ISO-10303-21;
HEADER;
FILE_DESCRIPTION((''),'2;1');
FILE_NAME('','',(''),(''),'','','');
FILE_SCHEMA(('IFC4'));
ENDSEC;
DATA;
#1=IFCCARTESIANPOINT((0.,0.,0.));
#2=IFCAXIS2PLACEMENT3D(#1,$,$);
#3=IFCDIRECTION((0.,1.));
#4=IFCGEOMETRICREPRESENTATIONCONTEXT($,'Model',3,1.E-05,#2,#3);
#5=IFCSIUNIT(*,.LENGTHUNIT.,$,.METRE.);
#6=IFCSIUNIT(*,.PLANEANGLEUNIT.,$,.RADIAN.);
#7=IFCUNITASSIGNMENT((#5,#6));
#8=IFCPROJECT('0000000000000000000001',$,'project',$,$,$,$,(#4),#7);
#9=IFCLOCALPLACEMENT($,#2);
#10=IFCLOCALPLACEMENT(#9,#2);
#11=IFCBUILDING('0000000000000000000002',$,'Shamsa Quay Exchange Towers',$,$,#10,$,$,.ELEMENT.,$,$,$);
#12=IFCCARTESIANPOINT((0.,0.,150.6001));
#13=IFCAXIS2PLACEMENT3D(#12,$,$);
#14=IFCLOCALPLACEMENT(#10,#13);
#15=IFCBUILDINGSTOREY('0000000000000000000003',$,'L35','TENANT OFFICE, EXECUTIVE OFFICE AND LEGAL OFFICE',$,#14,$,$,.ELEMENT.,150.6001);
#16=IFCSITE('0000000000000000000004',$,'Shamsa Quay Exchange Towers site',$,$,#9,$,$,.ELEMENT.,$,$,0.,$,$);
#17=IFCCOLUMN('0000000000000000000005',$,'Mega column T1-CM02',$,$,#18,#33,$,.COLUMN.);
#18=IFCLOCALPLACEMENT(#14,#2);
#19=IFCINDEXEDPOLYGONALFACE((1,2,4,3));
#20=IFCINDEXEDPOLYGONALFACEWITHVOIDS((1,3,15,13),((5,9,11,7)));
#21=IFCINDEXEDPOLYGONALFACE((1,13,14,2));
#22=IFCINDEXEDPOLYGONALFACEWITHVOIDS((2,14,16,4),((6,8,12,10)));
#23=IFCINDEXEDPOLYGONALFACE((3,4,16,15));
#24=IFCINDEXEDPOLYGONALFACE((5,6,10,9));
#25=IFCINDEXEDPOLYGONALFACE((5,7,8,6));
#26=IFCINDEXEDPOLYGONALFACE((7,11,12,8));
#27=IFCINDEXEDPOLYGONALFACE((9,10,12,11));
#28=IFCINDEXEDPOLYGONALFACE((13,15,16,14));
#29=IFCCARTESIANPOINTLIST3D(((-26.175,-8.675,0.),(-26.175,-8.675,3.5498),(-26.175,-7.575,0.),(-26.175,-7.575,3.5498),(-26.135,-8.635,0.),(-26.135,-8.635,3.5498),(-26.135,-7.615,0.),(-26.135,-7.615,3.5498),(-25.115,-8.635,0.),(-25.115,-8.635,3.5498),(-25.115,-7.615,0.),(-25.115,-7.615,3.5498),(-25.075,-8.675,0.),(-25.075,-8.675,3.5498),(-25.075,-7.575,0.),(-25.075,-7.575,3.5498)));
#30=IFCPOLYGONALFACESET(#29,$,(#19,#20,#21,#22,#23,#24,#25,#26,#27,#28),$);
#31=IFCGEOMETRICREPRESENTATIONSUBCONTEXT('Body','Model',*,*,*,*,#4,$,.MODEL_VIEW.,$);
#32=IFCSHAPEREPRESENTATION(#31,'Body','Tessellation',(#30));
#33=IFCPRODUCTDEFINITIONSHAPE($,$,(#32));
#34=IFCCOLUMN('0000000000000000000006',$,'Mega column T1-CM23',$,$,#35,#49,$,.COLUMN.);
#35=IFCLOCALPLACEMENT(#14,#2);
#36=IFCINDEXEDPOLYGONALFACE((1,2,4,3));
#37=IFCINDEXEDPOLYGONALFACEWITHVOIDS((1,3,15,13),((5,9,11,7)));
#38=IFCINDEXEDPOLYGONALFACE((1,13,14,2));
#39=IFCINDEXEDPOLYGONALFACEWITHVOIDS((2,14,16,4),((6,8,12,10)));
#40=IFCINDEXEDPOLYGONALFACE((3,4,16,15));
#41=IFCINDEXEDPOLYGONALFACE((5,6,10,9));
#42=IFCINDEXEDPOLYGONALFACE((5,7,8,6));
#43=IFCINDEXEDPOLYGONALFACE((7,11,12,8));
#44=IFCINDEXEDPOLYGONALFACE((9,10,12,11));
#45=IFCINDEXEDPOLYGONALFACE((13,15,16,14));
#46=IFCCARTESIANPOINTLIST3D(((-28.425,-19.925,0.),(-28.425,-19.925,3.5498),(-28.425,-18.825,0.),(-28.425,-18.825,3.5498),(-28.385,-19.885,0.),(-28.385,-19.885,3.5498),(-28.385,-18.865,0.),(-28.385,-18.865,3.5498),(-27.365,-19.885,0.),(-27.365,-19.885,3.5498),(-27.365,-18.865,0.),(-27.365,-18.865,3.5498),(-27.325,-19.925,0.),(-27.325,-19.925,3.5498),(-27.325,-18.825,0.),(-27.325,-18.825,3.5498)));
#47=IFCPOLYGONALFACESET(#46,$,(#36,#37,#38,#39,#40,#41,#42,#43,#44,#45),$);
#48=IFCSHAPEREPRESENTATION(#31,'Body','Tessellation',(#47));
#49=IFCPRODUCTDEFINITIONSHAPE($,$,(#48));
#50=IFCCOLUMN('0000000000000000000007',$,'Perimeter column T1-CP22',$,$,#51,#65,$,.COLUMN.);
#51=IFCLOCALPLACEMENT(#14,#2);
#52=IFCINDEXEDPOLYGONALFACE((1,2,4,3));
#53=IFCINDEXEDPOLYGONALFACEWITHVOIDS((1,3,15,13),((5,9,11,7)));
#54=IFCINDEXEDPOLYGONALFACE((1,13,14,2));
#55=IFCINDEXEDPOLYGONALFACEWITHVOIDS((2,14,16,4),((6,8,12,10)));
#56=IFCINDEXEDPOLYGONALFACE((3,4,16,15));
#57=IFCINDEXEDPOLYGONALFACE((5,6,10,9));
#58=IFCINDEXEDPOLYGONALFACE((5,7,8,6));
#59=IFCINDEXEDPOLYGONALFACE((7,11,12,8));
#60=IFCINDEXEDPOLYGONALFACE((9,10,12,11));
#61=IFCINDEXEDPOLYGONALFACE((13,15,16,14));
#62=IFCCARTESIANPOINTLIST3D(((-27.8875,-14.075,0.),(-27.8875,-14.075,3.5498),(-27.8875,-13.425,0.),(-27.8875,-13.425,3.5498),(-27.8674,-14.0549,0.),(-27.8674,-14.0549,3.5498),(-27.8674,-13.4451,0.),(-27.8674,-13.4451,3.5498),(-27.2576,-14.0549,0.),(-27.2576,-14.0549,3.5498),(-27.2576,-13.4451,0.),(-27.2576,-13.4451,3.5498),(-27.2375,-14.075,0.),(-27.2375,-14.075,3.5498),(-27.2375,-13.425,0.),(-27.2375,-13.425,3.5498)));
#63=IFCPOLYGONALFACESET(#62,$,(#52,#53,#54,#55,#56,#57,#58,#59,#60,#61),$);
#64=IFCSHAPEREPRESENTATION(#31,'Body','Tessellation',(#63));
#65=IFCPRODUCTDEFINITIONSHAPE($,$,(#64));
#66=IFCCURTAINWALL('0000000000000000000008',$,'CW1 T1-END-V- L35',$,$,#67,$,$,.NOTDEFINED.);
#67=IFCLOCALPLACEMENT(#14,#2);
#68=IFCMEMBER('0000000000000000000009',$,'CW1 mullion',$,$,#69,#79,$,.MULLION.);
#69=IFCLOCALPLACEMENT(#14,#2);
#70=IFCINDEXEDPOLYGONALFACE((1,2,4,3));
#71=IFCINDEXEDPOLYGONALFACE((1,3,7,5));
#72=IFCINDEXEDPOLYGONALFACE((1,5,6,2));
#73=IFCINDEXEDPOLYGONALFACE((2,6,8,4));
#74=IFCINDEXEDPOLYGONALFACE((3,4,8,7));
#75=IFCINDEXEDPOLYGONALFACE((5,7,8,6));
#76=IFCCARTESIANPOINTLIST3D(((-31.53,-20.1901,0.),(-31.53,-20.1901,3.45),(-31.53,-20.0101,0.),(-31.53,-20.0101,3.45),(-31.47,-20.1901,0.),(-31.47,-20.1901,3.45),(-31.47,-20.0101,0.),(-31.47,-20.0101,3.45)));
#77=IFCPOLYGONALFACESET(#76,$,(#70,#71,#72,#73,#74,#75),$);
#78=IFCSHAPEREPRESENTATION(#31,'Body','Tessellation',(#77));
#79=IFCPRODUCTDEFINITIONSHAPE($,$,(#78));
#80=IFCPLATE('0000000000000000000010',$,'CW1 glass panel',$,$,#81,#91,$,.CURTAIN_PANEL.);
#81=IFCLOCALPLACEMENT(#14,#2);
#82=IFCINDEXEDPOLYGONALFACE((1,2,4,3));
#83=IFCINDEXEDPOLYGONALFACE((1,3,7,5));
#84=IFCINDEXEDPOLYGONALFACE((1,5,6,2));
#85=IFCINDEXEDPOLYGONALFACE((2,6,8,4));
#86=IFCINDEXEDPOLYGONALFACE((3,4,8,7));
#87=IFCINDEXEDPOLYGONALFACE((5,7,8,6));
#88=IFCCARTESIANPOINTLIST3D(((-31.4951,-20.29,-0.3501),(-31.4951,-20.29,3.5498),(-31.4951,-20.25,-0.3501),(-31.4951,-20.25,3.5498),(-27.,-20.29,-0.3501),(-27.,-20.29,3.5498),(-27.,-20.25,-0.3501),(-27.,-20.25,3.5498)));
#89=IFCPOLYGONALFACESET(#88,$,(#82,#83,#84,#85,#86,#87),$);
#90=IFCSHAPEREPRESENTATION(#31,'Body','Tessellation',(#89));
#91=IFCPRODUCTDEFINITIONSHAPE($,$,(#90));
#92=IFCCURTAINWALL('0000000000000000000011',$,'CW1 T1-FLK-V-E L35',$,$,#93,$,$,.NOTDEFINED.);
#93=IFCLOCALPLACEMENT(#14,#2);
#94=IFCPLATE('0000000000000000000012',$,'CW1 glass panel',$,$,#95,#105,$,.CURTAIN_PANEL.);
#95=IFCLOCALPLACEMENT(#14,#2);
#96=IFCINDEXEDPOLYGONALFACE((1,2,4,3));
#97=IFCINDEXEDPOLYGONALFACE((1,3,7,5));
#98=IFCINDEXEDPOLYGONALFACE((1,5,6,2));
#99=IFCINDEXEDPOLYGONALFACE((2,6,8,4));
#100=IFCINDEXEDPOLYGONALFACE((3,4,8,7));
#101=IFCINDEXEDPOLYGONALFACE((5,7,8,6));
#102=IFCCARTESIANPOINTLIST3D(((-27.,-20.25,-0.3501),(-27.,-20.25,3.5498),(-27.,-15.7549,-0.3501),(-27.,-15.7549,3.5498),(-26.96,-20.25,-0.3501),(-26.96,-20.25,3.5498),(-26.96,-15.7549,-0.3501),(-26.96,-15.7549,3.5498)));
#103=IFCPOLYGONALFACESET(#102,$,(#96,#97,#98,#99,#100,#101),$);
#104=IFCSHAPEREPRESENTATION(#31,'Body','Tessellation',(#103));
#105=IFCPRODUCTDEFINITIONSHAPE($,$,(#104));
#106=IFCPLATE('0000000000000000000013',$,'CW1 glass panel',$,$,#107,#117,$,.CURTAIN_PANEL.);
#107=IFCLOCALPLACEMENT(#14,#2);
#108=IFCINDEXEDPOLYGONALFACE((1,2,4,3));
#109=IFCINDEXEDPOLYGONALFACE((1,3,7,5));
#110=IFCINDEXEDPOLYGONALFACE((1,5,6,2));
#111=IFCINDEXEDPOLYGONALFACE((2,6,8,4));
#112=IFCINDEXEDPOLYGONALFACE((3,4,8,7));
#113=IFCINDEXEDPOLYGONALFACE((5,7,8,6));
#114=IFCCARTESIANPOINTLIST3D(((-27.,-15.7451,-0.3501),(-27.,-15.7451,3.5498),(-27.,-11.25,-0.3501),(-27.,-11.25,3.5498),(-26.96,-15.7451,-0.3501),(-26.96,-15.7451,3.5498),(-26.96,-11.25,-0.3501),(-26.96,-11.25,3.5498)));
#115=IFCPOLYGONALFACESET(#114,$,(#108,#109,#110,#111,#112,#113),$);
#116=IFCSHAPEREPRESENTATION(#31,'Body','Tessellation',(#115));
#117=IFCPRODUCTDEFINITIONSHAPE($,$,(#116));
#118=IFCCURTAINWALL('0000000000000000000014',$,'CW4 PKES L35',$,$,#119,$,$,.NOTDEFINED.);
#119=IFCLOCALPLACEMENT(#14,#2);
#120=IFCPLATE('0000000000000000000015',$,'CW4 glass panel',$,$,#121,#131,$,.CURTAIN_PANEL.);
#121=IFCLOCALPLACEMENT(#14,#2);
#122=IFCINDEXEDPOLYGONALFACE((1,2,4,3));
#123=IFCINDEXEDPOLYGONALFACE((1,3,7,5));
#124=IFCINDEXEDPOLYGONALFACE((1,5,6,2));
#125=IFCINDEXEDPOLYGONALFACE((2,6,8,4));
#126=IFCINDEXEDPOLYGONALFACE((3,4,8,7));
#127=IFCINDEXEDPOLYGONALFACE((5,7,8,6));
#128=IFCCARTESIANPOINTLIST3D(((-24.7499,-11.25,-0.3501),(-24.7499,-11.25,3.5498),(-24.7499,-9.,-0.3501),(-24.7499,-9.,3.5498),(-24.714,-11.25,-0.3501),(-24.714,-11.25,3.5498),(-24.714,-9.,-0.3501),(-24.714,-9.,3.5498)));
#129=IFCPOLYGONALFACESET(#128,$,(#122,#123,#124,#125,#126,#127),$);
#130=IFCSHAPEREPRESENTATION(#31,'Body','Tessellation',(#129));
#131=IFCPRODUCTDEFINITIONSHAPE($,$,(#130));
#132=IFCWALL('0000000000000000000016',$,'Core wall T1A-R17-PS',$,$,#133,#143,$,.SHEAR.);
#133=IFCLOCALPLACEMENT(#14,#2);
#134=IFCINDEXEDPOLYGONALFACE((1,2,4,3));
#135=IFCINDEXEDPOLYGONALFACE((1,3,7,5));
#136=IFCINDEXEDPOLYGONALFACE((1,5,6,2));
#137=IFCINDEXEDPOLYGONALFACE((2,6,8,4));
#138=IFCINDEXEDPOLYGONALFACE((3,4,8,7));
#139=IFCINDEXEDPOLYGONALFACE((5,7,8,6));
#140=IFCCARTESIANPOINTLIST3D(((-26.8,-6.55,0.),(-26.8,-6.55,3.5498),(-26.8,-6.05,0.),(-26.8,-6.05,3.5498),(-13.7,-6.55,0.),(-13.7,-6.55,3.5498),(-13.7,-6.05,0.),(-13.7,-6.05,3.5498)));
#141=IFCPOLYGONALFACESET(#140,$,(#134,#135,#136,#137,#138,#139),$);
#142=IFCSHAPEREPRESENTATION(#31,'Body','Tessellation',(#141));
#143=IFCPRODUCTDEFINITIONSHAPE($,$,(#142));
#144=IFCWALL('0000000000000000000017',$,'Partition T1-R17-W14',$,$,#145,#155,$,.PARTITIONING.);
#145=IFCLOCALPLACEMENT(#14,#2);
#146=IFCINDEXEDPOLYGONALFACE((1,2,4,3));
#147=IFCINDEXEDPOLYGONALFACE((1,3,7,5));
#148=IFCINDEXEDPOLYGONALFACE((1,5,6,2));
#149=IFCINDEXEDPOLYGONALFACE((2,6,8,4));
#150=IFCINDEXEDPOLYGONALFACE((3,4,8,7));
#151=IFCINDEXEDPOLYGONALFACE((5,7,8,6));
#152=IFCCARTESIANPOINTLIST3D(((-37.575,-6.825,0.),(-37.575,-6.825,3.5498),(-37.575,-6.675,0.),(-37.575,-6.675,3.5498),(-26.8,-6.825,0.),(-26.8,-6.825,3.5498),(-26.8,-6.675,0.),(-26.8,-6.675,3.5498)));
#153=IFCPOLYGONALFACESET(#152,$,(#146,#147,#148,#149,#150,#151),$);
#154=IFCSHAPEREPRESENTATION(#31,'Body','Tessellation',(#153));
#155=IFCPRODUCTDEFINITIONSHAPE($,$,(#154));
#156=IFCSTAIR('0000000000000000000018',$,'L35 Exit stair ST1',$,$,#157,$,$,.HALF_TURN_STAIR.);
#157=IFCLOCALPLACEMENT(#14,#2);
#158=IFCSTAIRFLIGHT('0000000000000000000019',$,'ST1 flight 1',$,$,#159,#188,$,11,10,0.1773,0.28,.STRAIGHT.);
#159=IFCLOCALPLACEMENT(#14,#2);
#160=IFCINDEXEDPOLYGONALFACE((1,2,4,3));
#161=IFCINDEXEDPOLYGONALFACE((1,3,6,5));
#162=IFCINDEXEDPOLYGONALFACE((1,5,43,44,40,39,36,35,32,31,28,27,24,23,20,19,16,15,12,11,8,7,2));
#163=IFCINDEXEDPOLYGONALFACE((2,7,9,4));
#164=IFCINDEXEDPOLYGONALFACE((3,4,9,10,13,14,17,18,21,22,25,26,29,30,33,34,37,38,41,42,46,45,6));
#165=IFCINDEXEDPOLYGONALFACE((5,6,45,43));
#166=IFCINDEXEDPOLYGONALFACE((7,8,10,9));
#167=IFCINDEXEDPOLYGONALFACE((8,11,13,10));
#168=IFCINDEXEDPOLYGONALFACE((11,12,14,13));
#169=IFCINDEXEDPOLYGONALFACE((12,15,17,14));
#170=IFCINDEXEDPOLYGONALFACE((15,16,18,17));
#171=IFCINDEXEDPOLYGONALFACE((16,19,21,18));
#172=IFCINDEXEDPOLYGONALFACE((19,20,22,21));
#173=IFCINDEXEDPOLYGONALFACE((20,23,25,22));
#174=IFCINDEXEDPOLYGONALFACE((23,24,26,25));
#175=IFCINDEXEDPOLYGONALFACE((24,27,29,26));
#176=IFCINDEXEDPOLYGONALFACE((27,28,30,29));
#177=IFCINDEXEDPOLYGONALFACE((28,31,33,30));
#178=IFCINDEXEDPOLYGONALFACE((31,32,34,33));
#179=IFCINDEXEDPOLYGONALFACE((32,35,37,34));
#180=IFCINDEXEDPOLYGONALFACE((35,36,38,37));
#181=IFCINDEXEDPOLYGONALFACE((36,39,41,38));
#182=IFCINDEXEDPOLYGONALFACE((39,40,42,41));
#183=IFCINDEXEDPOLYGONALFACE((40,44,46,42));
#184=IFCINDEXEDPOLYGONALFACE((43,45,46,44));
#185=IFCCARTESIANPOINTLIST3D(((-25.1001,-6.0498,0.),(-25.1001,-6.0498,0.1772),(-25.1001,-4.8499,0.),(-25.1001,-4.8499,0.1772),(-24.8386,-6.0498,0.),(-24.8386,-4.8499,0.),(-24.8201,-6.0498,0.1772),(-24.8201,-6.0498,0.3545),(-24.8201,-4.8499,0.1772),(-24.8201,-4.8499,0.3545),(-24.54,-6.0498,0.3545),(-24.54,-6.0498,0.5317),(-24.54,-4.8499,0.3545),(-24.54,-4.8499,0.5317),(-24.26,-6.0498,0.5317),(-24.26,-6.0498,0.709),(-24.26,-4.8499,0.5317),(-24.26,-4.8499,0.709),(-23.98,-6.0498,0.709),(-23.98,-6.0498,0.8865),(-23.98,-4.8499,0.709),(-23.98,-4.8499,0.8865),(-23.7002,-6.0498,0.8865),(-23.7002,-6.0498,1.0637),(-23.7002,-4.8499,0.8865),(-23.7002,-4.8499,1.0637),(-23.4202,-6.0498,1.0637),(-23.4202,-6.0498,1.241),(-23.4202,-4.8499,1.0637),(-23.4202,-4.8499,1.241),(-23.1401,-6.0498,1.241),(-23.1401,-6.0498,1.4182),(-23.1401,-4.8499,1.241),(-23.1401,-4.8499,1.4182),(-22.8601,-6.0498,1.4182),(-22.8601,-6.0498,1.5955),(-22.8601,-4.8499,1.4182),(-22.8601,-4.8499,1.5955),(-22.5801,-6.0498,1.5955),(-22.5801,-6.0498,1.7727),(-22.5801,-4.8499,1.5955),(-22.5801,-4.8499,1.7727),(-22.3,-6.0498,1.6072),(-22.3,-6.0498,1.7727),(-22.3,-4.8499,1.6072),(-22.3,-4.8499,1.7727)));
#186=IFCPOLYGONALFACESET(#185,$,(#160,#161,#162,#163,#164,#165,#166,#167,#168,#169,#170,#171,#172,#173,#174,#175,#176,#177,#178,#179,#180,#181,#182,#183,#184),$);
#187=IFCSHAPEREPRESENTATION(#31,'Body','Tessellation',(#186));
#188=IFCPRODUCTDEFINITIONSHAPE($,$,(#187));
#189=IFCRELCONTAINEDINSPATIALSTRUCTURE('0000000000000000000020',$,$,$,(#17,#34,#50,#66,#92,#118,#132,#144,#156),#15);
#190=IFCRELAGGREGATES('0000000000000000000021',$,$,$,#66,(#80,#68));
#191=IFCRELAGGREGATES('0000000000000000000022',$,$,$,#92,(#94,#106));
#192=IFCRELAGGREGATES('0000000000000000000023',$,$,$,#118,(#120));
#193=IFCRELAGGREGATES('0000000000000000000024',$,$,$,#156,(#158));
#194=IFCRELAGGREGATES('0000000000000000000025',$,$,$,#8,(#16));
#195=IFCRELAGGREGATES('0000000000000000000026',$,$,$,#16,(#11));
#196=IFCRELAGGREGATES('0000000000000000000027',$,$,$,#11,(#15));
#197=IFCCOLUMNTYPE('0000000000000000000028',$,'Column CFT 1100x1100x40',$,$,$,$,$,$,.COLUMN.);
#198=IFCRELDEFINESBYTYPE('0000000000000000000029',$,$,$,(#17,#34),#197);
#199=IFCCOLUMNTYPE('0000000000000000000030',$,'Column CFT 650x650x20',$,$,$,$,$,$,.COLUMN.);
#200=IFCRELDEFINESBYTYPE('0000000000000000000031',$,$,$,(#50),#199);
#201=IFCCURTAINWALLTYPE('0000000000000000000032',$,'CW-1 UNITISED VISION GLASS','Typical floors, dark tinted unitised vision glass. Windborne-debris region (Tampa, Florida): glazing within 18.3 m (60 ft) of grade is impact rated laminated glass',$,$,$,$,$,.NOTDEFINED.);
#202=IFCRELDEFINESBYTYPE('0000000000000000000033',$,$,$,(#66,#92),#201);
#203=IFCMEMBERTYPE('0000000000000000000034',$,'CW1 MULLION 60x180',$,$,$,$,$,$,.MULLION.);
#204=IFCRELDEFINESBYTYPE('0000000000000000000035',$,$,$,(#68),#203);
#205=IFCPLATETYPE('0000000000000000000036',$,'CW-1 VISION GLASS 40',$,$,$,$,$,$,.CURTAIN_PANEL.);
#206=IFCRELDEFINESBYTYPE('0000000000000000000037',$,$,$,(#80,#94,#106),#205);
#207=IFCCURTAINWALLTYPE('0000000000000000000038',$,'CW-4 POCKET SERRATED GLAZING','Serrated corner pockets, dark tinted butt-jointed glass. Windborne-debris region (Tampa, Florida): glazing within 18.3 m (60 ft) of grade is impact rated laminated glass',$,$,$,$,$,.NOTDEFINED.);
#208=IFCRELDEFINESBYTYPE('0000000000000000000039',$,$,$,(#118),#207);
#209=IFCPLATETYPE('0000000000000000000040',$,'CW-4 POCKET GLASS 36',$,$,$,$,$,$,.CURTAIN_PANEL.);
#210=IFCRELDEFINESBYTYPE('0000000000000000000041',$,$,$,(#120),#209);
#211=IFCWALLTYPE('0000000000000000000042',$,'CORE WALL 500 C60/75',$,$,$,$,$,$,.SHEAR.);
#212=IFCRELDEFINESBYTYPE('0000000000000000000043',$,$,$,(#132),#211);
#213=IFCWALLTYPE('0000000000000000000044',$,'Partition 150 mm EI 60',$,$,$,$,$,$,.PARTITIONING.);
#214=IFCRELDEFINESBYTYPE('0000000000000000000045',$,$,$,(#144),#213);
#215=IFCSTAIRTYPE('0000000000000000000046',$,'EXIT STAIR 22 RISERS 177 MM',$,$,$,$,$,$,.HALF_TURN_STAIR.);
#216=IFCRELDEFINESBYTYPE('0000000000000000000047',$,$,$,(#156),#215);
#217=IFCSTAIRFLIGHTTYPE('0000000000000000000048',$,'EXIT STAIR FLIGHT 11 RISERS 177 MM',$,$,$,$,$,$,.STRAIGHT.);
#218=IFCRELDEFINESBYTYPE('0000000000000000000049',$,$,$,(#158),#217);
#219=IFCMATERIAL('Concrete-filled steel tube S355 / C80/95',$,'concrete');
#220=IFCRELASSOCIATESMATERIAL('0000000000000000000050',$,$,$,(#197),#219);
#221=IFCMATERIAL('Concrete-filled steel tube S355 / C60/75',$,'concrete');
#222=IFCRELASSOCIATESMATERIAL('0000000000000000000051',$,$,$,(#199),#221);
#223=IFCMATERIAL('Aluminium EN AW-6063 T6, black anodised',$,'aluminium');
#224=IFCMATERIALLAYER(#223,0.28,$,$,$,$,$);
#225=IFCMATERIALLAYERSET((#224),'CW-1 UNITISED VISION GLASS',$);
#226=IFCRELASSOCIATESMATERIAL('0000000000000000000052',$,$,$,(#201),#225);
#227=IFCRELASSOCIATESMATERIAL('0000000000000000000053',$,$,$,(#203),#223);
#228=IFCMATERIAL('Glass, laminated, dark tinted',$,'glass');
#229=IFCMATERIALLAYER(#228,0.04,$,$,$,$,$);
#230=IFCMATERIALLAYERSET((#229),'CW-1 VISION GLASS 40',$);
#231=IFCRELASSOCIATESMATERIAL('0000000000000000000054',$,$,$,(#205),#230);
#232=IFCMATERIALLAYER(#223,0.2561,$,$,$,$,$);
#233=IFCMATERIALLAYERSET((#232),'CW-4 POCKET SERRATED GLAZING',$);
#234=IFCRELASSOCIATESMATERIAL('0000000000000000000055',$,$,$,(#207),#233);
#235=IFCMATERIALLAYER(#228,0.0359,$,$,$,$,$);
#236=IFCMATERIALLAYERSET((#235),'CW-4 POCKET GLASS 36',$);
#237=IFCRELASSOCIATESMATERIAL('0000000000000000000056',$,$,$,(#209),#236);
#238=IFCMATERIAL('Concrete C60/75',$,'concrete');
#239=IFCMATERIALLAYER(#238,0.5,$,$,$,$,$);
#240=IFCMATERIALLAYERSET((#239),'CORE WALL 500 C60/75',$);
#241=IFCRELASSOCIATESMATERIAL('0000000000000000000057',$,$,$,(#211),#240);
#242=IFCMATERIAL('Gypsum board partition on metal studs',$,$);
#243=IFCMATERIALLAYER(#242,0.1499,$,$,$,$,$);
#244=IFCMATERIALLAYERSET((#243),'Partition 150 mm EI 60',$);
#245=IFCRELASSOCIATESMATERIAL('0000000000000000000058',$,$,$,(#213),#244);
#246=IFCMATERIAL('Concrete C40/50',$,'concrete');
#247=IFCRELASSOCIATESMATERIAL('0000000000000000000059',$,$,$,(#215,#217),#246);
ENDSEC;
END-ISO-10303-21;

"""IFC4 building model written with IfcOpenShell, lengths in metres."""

from ifc_helpers import new_model, si_unit, direction, frame, frame_2d, origin, origin_2d, place, context, subcontext, project, spatial, polyline, rectangle, hollow_rectangle, outline, extrude, material, layer, layer_set, material_profile, profile_set, type_object, element, aggregate, save


model = new_model("IFC4")

# Units and contexts
model_context = context("Model", 3, precision=1e-05, world=origin(), true_north=direction((0.0, 1.0)))
body_context = subcontext(model_context, "Body", "Model", "MODEL_VIEW")
ifc_project = project(units=[si_unit("LENGTHUNIT", "METRE"), si_unit("PLANEANGLEUNIT", "RADIAN")], contexts=[model_context])

# Site, building, storey
site_placement = place(None, origin())
site = spatial("IfcSite", under=ifc_project, at=site_placement, Name="Shamsa Quay Exchange Towers site", CompositionType="ELEMENT", RefElevation=0.0)
building_placement = place(site_placement, origin())
building = spatial("IfcBuilding", under=site, at=building_placement, Name="Shamsa Quay Exchange Towers", CompositionType="ELEMENT")
storey_placement = place(building_placement, frame((0.0, 0.0, 150.6001)))
storey = spatial("IfcBuildingStorey", under=building, at=storey_placement, Name="L35", Description="TENANT OFFICE, EXECUTIVE OFFICE AND LEGAL OFFICE", CompositionType="ELEMENT", Elevation=150.6001)

# Columns
ifc_material_1 = material(Name="Concrete-filled steel tube S355 / C80/95", Category="concrete")
ifc_material_profile_1 = material_profile(ifc_material_1, hollow_rectangle(XDim=1.1001, YDim=1.1001, WallThickness=0.04, at=origin_2d()), Name="CFT 1100x1100x40")
ifc_profile_set_1 = profile_set([ifc_material_profile_1], Name="Concrete-filled steel tube S355 / C80/95")
column_type_1 = type_object("IfcColumnType", Name="Column CFT 1100x1100x40", PredefinedType="COLUMN", material=ifc_profile_set_1)
for number, where, name in (
    (1, (-25.625, -8.125, 0.0), "Mega column T1-CM02"),
    (2, (-27.875, -19.375, 0.0), "Mega column T1-CM23"),
):
    element("IfcColumn", number, at=place(storey_placement, frame(where)), inside=storey, type_object=column_type_1, Name=name, PredefinedType="COLUMN", context=body_context, shape_type="SweptSolid", body=[
        extrude(hollow_rectangle(XDim=1.1001, YDim=1.1001, WallThickness=0.04, at=origin_2d()), origin(), (0.0, 0.0, 1.0), 3.5498),
    ])
ifc_material_2 = material(Name="Concrete-filled steel tube S355 / C60/75", Category="concrete")
ifc_material_profile_2 = material_profile(ifc_material_2, hollow_rectangle(XDim=0.6499, YDim=0.6499, WallThickness=0.02, at=origin_2d()), Name="CFT 650x650x20")
ifc_profile_set_2 = profile_set([ifc_material_profile_2], Name="Concrete-filled steel tube S355 / C60/75")
column_type_2 = type_object("IfcColumnType", Name="Column CFT 650x650x20", PredefinedType="COLUMN", material=ifc_profile_set_2)
column_placement = place(storey_placement, frame((-27.5625, -13.75, 0.0)))
element("IfcColumn", 3, at=column_placement, inside=storey, type_object=column_type_2, Name="Perimeter column T1-CP22", PredefinedType="COLUMN", context=body_context, shape_type="SweptSolid", body=[
    extrude(hollow_rectangle(XDim=0.6499, YDim=0.6499, WallThickness=0.02, at=origin_2d()), origin(), (0.0, 0.0, 1.0), 3.5498),
])

# Curtain wall, member, plate
ifc_material_3 = material(Name="Aluminium EN AW-6063 T6, black anodised", Category="aluminium")
ifc_layer_1 = layer(ifc_material_3, 0.28)
ifc_layer_set_1 = layer_set([ifc_layer_1], Name="CW-1 UNITISED VISION GLASS")
curtain_wall_type_1 = type_object("IfcCurtainWallType", Name="CW-1 UNITISED VISION GLASS", Description="Typical floors, dark tinted unitised vision glass. Windborne-debris region (Tampa, Florida): glazing within 18.3 m (60 ft) of grade is impact rated laminated glass", PredefinedType="NOTDEFINED", material=ifc_layer_set_1)
curtain_wall_1_placement = place(storey_placement, origin())
curtain_wall_1 = element("IfcCurtainWall", 4, at=curtain_wall_1_placement, inside=storey, type_object=curtain_wall_type_1, Name="CW1 T1-END-V- L35", PredefinedType="NOTDEFINED")
ifc_material_profile_3 = material_profile(ifc_material_3, rectangle(XDim=0.1799, YDim=0.0601, at=origin_2d()), Name="MU60x180")
ifc_profile_set_3 = profile_set([ifc_material_profile_3], Name="Aluminium EN AW-6063 T6, black anodised")
member_type = type_object("IfcMemberType", Name="CW1 MULLION 60x180", PredefinedType="MULLION", material=ifc_profile_set_3)
member_placement = place(storey_placement, frame((-31.5, -20.1001, 0.0), z_axis=(0.0, 0.0, 1.0), x_axis=(0.0, 1.0, 0.0)))
member = element("IfcMember", 5, at=member_placement, type_object=member_type, Name="CW1 mullion", PredefinedType="MULLION", context=body_context, shape_type="SweptSolid", body=[
    extrude(rectangle(XDim=0.1799, YDim=0.0601, at=origin_2d()), origin(), (0.0, 0.0, 1.0), 3.45),
])
ifc_material_4 = material(Name="Glass, laminated, dark tinted", Category="glass")
ifc_layer_2 = layer(ifc_material_4, 0.04)
ifc_layer_set_2 = layer_set([ifc_layer_2], Name="CW-1 VISION GLASS 40")
plate_type_1 = type_object("IfcPlateType", Name="CW-1 VISION GLASS 40", PredefinedType="CURTAIN_PANEL", material=ifc_layer_set_2)
plate_1_placement = place(storey_placement, frame((-29.2476, -20.27, -0.3501)))
plate_1 = element("IfcPlate", 6, at=plate_1_placement, type_object=plate_type_1, Name="CW1 glass panel", PredefinedType="CURTAIN_PANEL", context=body_context, shape_type="SweptSolid", body=[
    extrude(rectangle(XDim=4.4951, YDim=0.04, at=origin_2d()), origin(), (0.0, 0.0, 1.0), 3.8999),
])
aggregate(curtain_wall_1, [plate_1, member])

# Curtain wall, plates
curtain_wall_2_placement = place(storey_placement, origin())
curtain_wall_2 = element("IfcCurtainWall", 7, at=curtain_wall_2_placement, inside=storey, type_object=curtain_wall_type_1, Name="CW1 T1-FLK-V-E L35", PredefinedType="NOTDEFINED")
plate_2_placement = place(storey_placement, frame((-26.98, -18.0024, -0.3501), z_axis=(0.0, 0.0, 1.0), x_axis=(0.0, 1.0, 0.0)))
plate_2 = element("IfcPlate", 8, at=plate_2_placement, type_object=plate_type_1, Name="CW1 glass panel", PredefinedType="CURTAIN_PANEL", context=body_context, shape_type="SweptSolid", body=[
    extrude(rectangle(XDim=4.4951, YDim=0.04, at=origin_2d()), origin(), (0.0, 0.0, 1.0), 3.8999),
])
plate_3_placement = place(storey_placement, frame((-26.98, -13.4976, -0.3501), z_axis=(0.0, 0.0, 1.0), x_axis=(0.0, 1.0, 0.0)))
plate_3 = element("IfcPlate", 9, at=plate_3_placement, type_object=plate_type_1, Name="CW1 glass panel", PredefinedType="CURTAIN_PANEL", context=body_context, shape_type="SweptSolid", body=[
    extrude(rectangle(XDim=4.4951, YDim=0.04, at=origin_2d()), origin(), (0.0, 0.0, 1.0), 3.8999),
])
aggregate(curtain_wall_2, [plate_2, plate_3])

# Curtain wall, plate
ifc_layer_3 = layer(ifc_material_3, 0.2561)
ifc_layer_set_3 = layer_set([ifc_layer_3], Name="CW-4 POCKET SERRATED GLAZING")
curtain_wall_type_2 = type_object("IfcCurtainWallType", Name="CW-4 POCKET SERRATED GLAZING", Description="Serrated corner pockets, dark tinted butt-jointed glass. Windborne-debris region (Tampa, Florida): glazing within 18.3 m (60 ft) of grade is impact rated laminated glass", PredefinedType="NOTDEFINED", material=ifc_layer_set_3)
curtain_wall_3_placement = place(storey_placement, origin())
curtain_wall_3 = element("IfcCurtainWall", 10, at=curtain_wall_3_placement, inside=storey, type_object=curtain_wall_type_2, Name="CW4 PKES L35", PredefinedType="NOTDEFINED")
ifc_layer_4 = layer(ifc_material_4, 0.0359)
ifc_layer_set_4 = layer_set([ifc_layer_4], Name="CW-4 POCKET GLASS 36")
plate_type_2 = type_object("IfcPlateType", Name="CW-4 POCKET GLASS 36", PredefinedType="CURTAIN_PANEL", material=ifc_layer_set_4)
plate_4_placement = place(storey_placement, frame((-24.7319, -10.125, -0.3501), z_axis=(0.0, 0.0, 1.0), x_axis=(0.0, 1.0, 0.0)))
plate_4 = element("IfcPlate", 11, at=plate_4_placement, type_object=plate_type_2, Name="CW4 glass panel", PredefinedType="CURTAIN_PANEL", context=body_context, shape_type="SweptSolid", body=[
    extrude(rectangle(XDim=2.25, YDim=0.0359, at=origin_2d()), origin(), (0.0, 0.0, 1.0), 3.8999),
])
aggregate(curtain_wall_3, [plate_4])

# Walls
ifc_material_5 = material(Name="Concrete C60/75", Category="concrete")
ifc_layer_5 = layer(ifc_material_5, 0.5)
ifc_layer_set_5 = layer_set([ifc_layer_5], Name="CORE WALL 500 C60/75")
wall_type_1 = type_object("IfcWallType", Name="CORE WALL 500 C60/75", PredefinedType="SHEAR", material=ifc_layer_set_5)
wall_1_placement = place(storey_placement, frame((-26.8, -6.3, 0.0)))
element("IfcWall", 12, at=wall_1_placement, inside=storey, type_object=wall_type_1, Name="Core wall T1A-R17-PS", PredefinedType="SHEAR", context=body_context, shape_type="SweptSolid", body=[
    extrude(rectangle(XDim=13.1001, YDim=0.5, at=frame_2d((6.55, 0.0))), origin(), (0.0, 0.0, 1.0), 3.5498),
])
ifc_material_6 = material(Name="Gypsum board partition on metal studs")
ifc_layer_6 = layer(ifc_material_6, 0.1499)
ifc_layer_set_6 = layer_set([ifc_layer_6], Name="Partition 150 mm EI 60")
wall_type_2 = type_object("IfcWallType", Name="Partition 150 mm EI 60", PredefinedType="PARTITIONING", material=ifc_layer_set_6)
wall_2_placement = place(storey_placement, frame((-26.8, -6.75, 0.0), z_axis=(0.0, 0.0, 1.0), x_axis=(-1.0, 0.0, 0.0)))
element("IfcWall", 13, at=wall_2_placement, inside=storey, type_object=wall_type_2, Name="Partition T1-R17-W14", PredefinedType="PARTITIONING", context=body_context, shape_type="SweptSolid", body=[
    extrude(rectangle(XDim=10.7749, YDim=0.1499, at=frame_2d((5.3875, 0.0))), origin(), (0.0, 0.0, 1.0), 3.5498),
])

# Stair, stair flight
ifc_material_7 = material(Name="Concrete C40/50", Category="concrete")
stair_type = type_object("IfcStairType", Name="EXIT STAIR 22 RISERS 177 MM", PredefinedType="HALF_TURN_STAIR", material=ifc_material_7)
stair_placement = place(storey_placement, origin())
stair = element("IfcStair", 14, at=stair_placement, inside=storey, type_object=stair_type, Name="L35 Exit stair ST1", PredefinedType="HALF_TURN_STAIR")
stair_flight_type = type_object("IfcStairFlightType", Name="EXIT STAIR FLIGHT 11 RISERS 177 MM", PredefinedType="STRAIGHT", material=ifc_material_7)
stair_flight_placement = place(storey_placement, frame((-25.1001, -5.45, 0.0)))
stair_flight = element("IfcStairFlight", 15, at=stair_flight_placement, type_object=stair_flight_type, Name="ST1 flight 1", NumberOfRisers=11, NumberOfTreads=10, PredefinedType="STRAIGHT", RiserHeight=0.1773, TreadLength=0.28, context=body_context, shape_type="SweptSolid", body=[
    extrude(outline(polyline([(0.0, 0.0), (0.0, 0.1772), (0.28, 0.1772), (0.28, 0.3545), (0.5601, 0.3545), (0.5601, 0.5317), (0.8401, 0.5317), (0.8401, 0.709), (1.1201, 0.709), (1.1201, 0.8865), (1.3999, 0.8865), (1.3999, 1.0637), (1.6799, 1.0637), (1.6799, 1.241), (1.96, 1.241), (1.96, 1.4182), (2.24, 1.4182), (2.24, 1.5955), (2.52, 1.5955), (2.52, 1.7727), (2.8, 1.7727), (2.8, 1.95), (2.8, 1.6072), (0.2615, 0.0), (0.0, 0.0)])), frame((0.0, 0.6001, 0.0), z_axis=(0.0, -1.0, 0.0), x_axis=(1.0, 0.0, 0.0)), (0.0, 0.0, 1.0), 1.2),
])
aggregate(stair, [stair_flight])

save(model, "model.ifc")
